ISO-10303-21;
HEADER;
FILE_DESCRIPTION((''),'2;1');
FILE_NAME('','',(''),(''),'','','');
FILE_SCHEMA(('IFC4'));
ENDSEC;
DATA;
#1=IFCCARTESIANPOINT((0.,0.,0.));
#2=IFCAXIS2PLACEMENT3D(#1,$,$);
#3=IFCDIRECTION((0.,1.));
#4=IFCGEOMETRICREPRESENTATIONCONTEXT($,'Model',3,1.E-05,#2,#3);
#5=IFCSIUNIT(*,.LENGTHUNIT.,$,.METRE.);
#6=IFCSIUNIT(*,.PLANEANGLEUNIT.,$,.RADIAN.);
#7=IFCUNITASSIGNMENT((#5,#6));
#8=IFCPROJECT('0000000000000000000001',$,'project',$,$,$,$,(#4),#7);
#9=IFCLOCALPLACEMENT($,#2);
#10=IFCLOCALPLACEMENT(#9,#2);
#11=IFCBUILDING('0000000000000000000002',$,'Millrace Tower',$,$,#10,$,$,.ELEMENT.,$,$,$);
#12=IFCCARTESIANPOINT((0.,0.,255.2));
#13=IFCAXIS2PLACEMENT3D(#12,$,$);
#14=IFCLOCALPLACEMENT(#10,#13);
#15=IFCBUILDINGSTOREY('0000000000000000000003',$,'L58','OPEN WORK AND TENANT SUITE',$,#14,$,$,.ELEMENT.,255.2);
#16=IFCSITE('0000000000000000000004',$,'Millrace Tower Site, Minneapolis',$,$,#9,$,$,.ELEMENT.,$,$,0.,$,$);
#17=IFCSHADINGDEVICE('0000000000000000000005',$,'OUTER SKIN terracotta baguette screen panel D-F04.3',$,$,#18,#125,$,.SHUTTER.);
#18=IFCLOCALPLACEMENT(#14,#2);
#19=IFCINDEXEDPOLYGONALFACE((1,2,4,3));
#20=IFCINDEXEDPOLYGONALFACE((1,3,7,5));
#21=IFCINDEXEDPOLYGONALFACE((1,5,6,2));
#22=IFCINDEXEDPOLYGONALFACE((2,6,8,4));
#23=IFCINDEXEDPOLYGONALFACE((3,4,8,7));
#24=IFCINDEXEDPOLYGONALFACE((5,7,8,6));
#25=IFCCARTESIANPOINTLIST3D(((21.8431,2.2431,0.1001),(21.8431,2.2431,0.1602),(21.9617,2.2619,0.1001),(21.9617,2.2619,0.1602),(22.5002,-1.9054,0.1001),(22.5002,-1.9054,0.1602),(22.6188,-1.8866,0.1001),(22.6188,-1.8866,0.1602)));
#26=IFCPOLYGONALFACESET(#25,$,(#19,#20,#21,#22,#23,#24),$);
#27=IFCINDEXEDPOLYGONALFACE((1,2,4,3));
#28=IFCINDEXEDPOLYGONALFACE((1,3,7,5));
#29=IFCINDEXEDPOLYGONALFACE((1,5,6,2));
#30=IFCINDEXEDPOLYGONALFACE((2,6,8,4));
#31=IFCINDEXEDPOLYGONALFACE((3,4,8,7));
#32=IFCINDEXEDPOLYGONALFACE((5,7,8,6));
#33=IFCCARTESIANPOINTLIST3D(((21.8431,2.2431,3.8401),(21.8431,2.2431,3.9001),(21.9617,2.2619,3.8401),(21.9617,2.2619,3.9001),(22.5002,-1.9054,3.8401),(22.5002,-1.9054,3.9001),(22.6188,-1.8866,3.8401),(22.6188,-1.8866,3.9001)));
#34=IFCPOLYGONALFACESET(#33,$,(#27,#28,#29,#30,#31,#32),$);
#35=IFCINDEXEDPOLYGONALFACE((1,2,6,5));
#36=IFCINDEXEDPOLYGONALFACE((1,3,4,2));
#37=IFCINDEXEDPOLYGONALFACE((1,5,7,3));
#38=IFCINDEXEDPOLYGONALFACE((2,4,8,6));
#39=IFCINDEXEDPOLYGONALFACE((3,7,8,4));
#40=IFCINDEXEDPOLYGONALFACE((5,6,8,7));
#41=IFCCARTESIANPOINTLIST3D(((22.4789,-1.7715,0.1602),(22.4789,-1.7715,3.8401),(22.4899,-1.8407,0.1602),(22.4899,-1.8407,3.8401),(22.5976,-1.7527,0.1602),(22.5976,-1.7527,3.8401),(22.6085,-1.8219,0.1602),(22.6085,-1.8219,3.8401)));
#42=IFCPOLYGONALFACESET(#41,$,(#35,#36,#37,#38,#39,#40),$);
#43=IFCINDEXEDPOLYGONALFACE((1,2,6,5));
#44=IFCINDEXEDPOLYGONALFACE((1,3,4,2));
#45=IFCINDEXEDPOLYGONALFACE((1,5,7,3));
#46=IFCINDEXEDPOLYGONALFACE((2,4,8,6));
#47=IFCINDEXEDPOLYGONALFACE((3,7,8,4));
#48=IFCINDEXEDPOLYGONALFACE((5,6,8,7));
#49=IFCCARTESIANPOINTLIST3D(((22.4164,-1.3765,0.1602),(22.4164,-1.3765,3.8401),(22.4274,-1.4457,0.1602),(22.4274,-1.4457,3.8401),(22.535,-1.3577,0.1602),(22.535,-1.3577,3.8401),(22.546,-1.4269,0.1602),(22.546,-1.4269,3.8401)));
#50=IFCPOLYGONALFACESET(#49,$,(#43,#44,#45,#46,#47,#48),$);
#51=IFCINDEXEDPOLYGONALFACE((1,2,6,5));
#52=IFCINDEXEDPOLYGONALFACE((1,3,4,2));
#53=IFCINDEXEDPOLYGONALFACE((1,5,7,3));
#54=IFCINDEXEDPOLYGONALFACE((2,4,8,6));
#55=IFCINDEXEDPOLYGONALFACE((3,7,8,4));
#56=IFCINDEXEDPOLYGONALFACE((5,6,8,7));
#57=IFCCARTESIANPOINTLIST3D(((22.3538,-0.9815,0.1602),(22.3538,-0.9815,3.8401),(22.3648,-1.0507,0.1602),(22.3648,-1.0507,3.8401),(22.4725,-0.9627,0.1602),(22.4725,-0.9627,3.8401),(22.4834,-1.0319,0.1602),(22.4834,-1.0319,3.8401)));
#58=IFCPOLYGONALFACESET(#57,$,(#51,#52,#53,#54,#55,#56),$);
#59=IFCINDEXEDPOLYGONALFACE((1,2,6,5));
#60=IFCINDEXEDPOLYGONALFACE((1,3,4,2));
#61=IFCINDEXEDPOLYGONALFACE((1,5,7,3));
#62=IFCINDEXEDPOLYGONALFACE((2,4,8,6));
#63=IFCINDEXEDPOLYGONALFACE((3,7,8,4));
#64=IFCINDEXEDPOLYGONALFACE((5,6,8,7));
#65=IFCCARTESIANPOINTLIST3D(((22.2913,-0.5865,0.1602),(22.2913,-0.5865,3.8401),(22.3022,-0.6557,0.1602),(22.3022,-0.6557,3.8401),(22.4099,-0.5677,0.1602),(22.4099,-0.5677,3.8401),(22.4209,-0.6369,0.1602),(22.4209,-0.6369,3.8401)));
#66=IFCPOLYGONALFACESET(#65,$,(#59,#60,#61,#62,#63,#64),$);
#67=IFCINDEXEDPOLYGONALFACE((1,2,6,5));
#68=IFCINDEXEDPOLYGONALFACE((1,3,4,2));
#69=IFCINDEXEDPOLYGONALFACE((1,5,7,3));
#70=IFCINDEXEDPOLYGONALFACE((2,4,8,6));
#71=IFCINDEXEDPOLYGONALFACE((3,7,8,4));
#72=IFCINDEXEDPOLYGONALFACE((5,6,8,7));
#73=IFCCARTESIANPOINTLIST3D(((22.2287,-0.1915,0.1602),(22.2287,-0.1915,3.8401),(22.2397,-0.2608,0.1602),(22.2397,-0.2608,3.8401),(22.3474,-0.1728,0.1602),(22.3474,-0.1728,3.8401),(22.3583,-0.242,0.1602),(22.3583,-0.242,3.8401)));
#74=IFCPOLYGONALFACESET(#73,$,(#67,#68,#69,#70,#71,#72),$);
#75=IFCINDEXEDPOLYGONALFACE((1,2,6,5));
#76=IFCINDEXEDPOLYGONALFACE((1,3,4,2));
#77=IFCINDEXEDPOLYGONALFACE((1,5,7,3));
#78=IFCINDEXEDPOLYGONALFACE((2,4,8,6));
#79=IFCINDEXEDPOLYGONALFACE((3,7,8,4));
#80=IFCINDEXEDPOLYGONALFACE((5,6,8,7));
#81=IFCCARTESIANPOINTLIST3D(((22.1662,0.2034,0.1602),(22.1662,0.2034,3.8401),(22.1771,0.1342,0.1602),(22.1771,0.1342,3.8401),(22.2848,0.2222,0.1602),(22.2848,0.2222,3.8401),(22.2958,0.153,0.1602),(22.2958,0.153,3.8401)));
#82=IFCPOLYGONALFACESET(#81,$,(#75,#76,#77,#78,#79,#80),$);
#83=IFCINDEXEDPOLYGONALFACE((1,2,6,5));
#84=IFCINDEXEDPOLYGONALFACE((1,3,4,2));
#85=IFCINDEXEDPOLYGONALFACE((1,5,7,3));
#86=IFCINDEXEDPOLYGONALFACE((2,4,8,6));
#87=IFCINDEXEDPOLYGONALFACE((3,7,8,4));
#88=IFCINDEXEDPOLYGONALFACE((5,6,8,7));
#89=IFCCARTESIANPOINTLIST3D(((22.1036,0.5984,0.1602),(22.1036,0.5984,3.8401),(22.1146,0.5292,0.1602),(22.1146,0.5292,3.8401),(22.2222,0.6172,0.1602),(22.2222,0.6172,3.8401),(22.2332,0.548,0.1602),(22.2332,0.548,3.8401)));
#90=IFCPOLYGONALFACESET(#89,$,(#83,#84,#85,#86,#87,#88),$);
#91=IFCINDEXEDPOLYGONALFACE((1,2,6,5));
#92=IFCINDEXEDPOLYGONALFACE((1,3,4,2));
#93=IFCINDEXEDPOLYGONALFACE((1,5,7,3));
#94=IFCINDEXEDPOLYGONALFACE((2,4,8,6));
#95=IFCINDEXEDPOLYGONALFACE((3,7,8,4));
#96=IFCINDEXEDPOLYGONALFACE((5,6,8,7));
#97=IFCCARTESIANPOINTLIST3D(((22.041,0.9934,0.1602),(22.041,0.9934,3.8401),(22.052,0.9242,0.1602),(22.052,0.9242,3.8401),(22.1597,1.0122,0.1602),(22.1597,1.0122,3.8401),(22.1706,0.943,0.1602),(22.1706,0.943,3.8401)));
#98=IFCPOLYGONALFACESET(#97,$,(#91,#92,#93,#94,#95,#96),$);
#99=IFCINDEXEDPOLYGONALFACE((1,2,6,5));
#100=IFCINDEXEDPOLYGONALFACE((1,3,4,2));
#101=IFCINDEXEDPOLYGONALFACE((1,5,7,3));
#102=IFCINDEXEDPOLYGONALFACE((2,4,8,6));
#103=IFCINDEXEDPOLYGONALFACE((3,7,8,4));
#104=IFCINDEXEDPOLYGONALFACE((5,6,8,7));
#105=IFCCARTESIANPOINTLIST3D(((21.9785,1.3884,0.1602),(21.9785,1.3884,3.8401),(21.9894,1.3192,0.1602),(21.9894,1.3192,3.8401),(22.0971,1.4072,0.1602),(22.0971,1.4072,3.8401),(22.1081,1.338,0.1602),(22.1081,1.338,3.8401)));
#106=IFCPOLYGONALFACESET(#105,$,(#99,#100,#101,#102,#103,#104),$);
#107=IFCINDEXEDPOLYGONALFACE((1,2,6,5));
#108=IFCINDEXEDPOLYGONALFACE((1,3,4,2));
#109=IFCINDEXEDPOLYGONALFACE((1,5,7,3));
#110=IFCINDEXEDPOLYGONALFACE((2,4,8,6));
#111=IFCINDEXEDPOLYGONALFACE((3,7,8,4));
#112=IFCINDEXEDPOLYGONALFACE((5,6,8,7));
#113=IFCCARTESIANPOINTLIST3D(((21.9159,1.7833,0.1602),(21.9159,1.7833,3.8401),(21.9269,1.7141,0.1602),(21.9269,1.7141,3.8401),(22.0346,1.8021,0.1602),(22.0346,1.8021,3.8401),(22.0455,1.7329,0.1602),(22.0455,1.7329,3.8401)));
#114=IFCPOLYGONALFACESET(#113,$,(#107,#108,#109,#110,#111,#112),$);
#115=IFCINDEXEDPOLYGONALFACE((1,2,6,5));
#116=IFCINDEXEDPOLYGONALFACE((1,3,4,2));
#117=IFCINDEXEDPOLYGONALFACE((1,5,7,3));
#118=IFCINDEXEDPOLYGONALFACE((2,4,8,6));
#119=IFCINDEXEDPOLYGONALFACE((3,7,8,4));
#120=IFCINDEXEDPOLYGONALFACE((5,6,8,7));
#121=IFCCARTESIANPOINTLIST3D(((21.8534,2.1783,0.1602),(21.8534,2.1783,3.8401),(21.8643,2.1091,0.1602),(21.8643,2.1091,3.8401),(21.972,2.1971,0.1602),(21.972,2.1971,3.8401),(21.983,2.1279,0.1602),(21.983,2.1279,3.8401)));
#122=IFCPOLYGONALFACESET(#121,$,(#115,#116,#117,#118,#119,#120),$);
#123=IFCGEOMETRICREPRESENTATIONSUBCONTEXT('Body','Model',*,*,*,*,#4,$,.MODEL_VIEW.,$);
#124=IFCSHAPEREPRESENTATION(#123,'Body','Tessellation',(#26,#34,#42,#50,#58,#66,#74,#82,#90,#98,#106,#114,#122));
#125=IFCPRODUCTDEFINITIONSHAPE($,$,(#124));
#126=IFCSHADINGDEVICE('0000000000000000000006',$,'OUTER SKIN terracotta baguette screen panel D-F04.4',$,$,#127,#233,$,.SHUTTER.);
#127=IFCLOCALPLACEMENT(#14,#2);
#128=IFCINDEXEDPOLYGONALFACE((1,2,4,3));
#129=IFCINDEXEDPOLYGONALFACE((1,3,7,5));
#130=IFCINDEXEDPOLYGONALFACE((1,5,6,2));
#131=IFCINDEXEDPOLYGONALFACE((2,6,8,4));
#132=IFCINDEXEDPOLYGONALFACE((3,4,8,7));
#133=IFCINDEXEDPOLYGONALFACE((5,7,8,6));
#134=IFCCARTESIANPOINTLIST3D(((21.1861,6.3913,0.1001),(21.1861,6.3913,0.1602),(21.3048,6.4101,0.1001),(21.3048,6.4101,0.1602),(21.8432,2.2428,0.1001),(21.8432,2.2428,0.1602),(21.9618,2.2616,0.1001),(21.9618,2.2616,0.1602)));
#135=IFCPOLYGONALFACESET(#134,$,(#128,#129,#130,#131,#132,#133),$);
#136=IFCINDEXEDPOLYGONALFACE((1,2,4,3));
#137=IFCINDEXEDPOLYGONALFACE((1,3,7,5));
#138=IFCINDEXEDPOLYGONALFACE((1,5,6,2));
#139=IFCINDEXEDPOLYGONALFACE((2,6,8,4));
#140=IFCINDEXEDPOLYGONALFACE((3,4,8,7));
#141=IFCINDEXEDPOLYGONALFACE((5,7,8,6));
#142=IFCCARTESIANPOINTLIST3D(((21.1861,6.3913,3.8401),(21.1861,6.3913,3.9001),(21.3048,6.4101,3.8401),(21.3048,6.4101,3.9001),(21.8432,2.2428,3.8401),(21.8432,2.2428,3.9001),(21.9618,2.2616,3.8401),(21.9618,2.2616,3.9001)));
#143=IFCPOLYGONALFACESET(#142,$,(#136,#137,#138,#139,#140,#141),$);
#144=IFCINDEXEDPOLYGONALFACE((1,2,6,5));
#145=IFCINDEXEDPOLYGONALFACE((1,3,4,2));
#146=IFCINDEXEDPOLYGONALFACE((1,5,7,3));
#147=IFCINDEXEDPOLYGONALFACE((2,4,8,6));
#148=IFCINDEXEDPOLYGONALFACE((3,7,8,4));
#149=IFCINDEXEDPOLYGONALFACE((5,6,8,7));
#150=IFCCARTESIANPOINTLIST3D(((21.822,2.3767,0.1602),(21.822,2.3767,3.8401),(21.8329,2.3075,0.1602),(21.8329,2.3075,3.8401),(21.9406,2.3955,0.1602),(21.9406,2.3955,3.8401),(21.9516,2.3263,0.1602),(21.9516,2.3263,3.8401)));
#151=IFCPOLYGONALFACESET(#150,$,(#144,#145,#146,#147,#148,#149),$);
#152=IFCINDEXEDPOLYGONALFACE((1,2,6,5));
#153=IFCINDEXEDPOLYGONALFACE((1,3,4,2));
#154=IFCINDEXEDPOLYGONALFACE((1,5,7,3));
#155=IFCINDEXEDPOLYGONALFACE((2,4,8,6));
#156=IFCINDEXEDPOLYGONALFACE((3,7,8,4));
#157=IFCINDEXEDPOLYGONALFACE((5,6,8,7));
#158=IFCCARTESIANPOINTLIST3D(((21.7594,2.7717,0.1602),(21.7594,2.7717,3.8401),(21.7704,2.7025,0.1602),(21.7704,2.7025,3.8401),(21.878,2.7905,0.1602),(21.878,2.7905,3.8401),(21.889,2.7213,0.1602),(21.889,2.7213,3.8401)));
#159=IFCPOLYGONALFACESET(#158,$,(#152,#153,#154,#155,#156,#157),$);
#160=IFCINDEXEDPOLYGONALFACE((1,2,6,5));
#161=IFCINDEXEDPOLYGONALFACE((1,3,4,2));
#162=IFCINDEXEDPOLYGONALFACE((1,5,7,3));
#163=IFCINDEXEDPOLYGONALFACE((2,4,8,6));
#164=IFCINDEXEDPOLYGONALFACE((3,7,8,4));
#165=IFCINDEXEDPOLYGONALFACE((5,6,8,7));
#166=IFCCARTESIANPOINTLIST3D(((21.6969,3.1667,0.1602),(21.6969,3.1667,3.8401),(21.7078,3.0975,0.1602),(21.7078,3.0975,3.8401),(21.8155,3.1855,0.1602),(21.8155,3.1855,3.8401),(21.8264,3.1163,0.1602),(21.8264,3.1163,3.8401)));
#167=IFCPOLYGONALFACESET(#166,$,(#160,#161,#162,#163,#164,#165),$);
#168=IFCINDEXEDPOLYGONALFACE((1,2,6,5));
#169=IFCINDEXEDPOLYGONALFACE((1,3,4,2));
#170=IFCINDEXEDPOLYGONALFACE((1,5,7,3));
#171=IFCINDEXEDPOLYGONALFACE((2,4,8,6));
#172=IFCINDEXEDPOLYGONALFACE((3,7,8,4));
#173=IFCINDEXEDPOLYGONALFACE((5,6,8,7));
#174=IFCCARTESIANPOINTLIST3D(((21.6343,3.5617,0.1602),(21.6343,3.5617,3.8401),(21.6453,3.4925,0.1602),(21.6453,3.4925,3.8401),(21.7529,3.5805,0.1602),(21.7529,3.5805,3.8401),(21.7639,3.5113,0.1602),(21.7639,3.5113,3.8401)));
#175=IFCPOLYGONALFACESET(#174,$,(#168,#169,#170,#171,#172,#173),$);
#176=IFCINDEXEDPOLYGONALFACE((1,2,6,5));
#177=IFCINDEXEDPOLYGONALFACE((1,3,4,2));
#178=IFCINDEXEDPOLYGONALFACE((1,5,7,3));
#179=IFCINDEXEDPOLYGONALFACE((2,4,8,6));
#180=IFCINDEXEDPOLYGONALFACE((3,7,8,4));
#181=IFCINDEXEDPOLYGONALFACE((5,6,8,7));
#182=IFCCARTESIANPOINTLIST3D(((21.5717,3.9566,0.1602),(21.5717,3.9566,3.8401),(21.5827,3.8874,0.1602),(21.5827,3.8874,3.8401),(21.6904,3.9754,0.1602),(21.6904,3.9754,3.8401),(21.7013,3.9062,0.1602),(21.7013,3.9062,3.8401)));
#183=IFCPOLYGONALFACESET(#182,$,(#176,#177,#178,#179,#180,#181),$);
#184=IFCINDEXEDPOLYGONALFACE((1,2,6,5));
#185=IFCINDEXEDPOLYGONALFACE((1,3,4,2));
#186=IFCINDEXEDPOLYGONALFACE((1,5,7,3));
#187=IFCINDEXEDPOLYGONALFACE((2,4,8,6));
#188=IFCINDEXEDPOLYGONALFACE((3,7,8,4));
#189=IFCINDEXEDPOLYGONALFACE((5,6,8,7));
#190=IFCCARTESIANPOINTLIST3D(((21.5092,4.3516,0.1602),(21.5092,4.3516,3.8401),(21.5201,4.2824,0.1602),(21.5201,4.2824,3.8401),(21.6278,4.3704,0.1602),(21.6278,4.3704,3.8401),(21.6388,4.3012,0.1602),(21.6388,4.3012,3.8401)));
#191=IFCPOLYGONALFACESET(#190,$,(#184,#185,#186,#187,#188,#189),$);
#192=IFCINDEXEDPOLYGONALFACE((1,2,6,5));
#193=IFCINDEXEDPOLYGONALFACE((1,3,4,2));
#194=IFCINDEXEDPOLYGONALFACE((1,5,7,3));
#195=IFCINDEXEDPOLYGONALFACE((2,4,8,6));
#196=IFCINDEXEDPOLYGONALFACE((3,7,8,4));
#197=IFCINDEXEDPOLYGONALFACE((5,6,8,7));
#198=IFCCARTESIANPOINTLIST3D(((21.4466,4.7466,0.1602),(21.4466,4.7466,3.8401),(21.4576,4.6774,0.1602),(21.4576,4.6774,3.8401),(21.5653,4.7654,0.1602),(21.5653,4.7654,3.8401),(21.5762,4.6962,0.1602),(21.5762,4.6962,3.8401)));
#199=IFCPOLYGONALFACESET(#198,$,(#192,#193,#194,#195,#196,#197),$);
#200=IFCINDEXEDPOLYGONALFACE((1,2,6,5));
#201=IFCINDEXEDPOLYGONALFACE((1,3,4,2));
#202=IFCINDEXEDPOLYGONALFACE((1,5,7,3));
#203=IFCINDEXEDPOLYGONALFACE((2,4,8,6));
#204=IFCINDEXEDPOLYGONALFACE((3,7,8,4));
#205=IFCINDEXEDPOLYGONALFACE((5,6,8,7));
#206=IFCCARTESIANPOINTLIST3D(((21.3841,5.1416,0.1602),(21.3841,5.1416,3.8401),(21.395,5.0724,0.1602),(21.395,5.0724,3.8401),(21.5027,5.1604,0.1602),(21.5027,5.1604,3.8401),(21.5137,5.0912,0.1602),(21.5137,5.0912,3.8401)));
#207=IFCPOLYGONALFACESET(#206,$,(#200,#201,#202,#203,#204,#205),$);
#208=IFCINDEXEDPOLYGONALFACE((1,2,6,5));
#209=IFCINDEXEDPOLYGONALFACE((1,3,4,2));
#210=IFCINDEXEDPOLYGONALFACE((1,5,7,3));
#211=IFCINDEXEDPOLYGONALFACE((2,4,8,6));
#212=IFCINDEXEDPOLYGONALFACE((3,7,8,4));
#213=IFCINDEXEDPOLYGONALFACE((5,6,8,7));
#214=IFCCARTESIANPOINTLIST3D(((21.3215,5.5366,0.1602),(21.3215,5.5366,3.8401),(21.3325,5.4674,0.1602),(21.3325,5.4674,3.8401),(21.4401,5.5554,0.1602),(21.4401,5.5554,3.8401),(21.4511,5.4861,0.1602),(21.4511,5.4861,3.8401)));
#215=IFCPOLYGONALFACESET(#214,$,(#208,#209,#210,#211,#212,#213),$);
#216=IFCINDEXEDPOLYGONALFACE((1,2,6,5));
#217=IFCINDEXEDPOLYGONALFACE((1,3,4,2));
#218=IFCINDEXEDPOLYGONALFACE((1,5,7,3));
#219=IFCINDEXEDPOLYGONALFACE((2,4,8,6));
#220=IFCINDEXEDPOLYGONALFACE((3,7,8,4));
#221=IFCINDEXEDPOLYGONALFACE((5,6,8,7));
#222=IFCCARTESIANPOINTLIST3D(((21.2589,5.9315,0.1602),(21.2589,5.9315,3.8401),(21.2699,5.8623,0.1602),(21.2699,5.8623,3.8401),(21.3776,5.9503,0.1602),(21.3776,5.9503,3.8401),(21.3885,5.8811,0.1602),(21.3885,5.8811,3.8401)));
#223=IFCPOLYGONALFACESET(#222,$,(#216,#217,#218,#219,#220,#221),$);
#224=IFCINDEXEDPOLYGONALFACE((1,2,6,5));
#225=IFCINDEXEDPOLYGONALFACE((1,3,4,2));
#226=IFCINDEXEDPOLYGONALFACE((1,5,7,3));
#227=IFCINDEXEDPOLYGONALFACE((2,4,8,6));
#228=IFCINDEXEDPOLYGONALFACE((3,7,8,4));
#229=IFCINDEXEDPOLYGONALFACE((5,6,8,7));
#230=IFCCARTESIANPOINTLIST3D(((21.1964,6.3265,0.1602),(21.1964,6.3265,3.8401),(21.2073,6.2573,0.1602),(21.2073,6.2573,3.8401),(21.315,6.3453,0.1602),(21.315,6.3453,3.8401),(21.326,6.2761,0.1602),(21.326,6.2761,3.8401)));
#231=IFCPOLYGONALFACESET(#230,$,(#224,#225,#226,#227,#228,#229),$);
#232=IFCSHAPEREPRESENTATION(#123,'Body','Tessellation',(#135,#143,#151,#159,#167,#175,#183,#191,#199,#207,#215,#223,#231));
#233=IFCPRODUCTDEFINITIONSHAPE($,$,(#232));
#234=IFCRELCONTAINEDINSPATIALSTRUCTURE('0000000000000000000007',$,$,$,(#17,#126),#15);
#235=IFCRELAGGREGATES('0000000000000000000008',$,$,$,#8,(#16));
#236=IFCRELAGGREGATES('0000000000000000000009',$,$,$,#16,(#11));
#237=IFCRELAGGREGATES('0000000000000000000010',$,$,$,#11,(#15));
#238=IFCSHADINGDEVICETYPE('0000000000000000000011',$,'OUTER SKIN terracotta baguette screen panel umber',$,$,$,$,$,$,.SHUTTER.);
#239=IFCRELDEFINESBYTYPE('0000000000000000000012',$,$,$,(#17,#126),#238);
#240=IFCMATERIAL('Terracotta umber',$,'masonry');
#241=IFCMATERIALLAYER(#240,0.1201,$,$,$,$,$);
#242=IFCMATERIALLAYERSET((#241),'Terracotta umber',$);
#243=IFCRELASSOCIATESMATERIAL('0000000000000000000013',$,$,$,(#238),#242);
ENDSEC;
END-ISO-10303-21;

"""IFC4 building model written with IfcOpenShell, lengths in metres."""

from ifc_helpers import new_model, entity, si_unit, direction, frame, frame_2d, origin, origin_2d, place, context, subcontext, project, spatial, rectangle, extrude, source, transform, mapped, material, layer, layer_set, type_object, element, save


model = new_model("IFC4")

# Units and contexts
model_context = context("Model", 3, precision=1e-05, world=origin(), true_north=direction((0.0, 1.0)))
body_context = subcontext(model_context, "Body", "Model", "MODEL_VIEW")
ifc_project = project(units=[si_unit("LENGTHUNIT", "METRE"), si_unit("PLANEANGLEUNIT", "RADIAN")], contexts=[model_context])

# Site, building, storey
site_placement = place(None, origin())
site = spatial("IfcSite", under=ifc_project, at=site_placement, Name="Millrace Tower Site, Minneapolis", CompositionType="ELEMENT", RefElevation=0.0)
building_placement = place(site_placement, origin())
building = spatial("IfcBuilding", under=site, at=building_placement, Name="Millrace Tower", CompositionType="ELEMENT")
storey_placement = place(building_placement, frame((0.0, 0.0, 255.2)))
storey = spatial("IfcBuildingStorey", under=building, at=storey_placement, Name="L58", Description="OPEN WORK AND TENANT SUITE", CompositionType="ELEMENT", Elevation=255.2)

# Shading devices
ifc_material_1 = material(Name="Terracotta umber", Category="masonry")
ifc_layer_1 = layer(ifc_material_1, 0.1201)
ifc_layer_set_1 = layer_set([ifc_layer_1], Name="Terracotta umber")
shading_device_type = type_object("IfcShadingDeviceType", Name="OUTER SKIN terracotta baguette screen panel umber", PredefinedType="SHUTTER", material=ifc_layer_set_1)
cartesian_point = entity("IfcCartesianPoint", [-2.1001, 0.0601])
shared_polyline = entity("IfcPolyline", [cartesian_point, entity("IfcCartesianPoint", [2.1001, 0.0601]), entity("IfcCartesianPoint", [2.1001, -0.0601]), entity("IfcCartesianPoint", [-2.1001, -0.0601]), cartesian_point])
shared_shape = source(origin(), body_context, "Body", "SweptSolid", [
    entity("IfcExtrudedAreaSolid", entity("IfcArbitraryClosedProfileDef", "AREA", None, shared_polyline), entity("IfcAxis2Placement3D", entity("IfcCartesianPoint", [0.0, 0.0, 0.0])), entity("IfcDirection", [0.0, 0.0, 1.0]), 0.0601),
    entity("IfcExtrudedAreaSolid", entity("IfcArbitraryClosedProfileDef", "AREA", None, shared_polyline), entity("IfcAxis2Placement3D", entity("IfcCartesianPoint", [0.0, 0.0, 3.74])), entity("IfcDirection", [0.0, 0.0, 1.0]), 0.0601),
    extrude(rectangle(XDim=0.0701, YDim=0.1201, at=frame_2d((-1.9995, 0.0))), frame((0.0, 0.0, 0.0601)), (0.0, 0.0, 1.0), 3.6799),
    extrude(rectangle(XDim=0.0701, YDim=0.1201, at=frame_2d((-1.5996, 0.0))), frame((0.0, 0.0, 0.0601)), (0.0, 0.0, 1.0), 3.6799),
    extrude(rectangle(XDim=0.0701, YDim=0.1201, at=frame_2d((-1.1997, 0.0))), frame((0.0, 0.0, 0.0601)), (0.0, 0.0, 1.0), 3.6799),
    extrude(rectangle(XDim=0.0701, YDim=0.1201, at=frame_2d((-0.7998, 0.0))), frame((0.0, 0.0, 0.0601)), (0.0, 0.0, 1.0), 3.6799),
    extrude(rectangle(XDim=0.0701, YDim=0.1201, at=frame_2d((-0.3999, 0.0))), frame((0.0, 0.0, 0.0601)), (0.0, 0.0, 1.0), 3.6799),
    extrude(rectangle(XDim=0.0701, YDim=0.1201, at=origin_2d()), frame((0.0, 0.0, 0.0601)), (0.0, 0.0, 1.0), 3.6799),
    extrude(rectangle(XDim=0.0701, YDim=0.1201, at=frame_2d((0.3999, 0.0))), frame((0.0, 0.0, 0.0601)), (0.0, 0.0, 1.0), 3.6799),
    extrude(rectangle(XDim=0.0701, YDim=0.1201, at=frame_2d((0.7998, 0.0))), frame((0.0, 0.0, 0.0601)), (0.0, 0.0, 1.0), 3.6799),
    extrude(rectangle(XDim=0.0701, YDim=0.1201, at=frame_2d((1.1997, 0.0))), frame((0.0, 0.0, 0.0601)), (0.0, 0.0, 1.0), 3.6799),
    extrude(rectangle(XDim=0.0701, YDim=0.1201, at=frame_2d((1.5996, 0.0))), frame((0.0, 0.0, 0.0601)), (0.0, 0.0, 1.0), 3.6799),
    extrude(rectangle(XDim=0.0701, YDim=0.1201, at=frame_2d((1.9995, 0.0))), frame((0.0, 0.0, 0.0601)), (0.0, 0.0, 1.0), 3.6799),
])
for number, where, z_axis, x_axis, name in (
    (1, (22.231, 0.1782, 0.1001), (0.0, 0.0, 1.0), (-0.156434, 0.987688, 0.0), "OUTER SKIN terracotta baguette screen panel D-F04.3"),
    (2, (21.574, 4.3264, 0.1001), (0.0, 0.0, 1.0), (-0.156434, 0.987688, 0.0), "OUTER SKIN terracotta baguette screen panel D-F04.4"),
):
    element("IfcShadingDevice", number, at=place(storey_placement, frame(where, z_axis=z_axis, x_axis=x_axis)), inside=storey, type_object=shading_device_type, Name=name, PredefinedType="SHUTTER", context=body_context, shape_type="MappedRepresentation", body=[
        mapped(shared_shape, transform((0.0, 0.0, 0.0), scale=1.0)),
    ])

save(model, "model.ifc")
